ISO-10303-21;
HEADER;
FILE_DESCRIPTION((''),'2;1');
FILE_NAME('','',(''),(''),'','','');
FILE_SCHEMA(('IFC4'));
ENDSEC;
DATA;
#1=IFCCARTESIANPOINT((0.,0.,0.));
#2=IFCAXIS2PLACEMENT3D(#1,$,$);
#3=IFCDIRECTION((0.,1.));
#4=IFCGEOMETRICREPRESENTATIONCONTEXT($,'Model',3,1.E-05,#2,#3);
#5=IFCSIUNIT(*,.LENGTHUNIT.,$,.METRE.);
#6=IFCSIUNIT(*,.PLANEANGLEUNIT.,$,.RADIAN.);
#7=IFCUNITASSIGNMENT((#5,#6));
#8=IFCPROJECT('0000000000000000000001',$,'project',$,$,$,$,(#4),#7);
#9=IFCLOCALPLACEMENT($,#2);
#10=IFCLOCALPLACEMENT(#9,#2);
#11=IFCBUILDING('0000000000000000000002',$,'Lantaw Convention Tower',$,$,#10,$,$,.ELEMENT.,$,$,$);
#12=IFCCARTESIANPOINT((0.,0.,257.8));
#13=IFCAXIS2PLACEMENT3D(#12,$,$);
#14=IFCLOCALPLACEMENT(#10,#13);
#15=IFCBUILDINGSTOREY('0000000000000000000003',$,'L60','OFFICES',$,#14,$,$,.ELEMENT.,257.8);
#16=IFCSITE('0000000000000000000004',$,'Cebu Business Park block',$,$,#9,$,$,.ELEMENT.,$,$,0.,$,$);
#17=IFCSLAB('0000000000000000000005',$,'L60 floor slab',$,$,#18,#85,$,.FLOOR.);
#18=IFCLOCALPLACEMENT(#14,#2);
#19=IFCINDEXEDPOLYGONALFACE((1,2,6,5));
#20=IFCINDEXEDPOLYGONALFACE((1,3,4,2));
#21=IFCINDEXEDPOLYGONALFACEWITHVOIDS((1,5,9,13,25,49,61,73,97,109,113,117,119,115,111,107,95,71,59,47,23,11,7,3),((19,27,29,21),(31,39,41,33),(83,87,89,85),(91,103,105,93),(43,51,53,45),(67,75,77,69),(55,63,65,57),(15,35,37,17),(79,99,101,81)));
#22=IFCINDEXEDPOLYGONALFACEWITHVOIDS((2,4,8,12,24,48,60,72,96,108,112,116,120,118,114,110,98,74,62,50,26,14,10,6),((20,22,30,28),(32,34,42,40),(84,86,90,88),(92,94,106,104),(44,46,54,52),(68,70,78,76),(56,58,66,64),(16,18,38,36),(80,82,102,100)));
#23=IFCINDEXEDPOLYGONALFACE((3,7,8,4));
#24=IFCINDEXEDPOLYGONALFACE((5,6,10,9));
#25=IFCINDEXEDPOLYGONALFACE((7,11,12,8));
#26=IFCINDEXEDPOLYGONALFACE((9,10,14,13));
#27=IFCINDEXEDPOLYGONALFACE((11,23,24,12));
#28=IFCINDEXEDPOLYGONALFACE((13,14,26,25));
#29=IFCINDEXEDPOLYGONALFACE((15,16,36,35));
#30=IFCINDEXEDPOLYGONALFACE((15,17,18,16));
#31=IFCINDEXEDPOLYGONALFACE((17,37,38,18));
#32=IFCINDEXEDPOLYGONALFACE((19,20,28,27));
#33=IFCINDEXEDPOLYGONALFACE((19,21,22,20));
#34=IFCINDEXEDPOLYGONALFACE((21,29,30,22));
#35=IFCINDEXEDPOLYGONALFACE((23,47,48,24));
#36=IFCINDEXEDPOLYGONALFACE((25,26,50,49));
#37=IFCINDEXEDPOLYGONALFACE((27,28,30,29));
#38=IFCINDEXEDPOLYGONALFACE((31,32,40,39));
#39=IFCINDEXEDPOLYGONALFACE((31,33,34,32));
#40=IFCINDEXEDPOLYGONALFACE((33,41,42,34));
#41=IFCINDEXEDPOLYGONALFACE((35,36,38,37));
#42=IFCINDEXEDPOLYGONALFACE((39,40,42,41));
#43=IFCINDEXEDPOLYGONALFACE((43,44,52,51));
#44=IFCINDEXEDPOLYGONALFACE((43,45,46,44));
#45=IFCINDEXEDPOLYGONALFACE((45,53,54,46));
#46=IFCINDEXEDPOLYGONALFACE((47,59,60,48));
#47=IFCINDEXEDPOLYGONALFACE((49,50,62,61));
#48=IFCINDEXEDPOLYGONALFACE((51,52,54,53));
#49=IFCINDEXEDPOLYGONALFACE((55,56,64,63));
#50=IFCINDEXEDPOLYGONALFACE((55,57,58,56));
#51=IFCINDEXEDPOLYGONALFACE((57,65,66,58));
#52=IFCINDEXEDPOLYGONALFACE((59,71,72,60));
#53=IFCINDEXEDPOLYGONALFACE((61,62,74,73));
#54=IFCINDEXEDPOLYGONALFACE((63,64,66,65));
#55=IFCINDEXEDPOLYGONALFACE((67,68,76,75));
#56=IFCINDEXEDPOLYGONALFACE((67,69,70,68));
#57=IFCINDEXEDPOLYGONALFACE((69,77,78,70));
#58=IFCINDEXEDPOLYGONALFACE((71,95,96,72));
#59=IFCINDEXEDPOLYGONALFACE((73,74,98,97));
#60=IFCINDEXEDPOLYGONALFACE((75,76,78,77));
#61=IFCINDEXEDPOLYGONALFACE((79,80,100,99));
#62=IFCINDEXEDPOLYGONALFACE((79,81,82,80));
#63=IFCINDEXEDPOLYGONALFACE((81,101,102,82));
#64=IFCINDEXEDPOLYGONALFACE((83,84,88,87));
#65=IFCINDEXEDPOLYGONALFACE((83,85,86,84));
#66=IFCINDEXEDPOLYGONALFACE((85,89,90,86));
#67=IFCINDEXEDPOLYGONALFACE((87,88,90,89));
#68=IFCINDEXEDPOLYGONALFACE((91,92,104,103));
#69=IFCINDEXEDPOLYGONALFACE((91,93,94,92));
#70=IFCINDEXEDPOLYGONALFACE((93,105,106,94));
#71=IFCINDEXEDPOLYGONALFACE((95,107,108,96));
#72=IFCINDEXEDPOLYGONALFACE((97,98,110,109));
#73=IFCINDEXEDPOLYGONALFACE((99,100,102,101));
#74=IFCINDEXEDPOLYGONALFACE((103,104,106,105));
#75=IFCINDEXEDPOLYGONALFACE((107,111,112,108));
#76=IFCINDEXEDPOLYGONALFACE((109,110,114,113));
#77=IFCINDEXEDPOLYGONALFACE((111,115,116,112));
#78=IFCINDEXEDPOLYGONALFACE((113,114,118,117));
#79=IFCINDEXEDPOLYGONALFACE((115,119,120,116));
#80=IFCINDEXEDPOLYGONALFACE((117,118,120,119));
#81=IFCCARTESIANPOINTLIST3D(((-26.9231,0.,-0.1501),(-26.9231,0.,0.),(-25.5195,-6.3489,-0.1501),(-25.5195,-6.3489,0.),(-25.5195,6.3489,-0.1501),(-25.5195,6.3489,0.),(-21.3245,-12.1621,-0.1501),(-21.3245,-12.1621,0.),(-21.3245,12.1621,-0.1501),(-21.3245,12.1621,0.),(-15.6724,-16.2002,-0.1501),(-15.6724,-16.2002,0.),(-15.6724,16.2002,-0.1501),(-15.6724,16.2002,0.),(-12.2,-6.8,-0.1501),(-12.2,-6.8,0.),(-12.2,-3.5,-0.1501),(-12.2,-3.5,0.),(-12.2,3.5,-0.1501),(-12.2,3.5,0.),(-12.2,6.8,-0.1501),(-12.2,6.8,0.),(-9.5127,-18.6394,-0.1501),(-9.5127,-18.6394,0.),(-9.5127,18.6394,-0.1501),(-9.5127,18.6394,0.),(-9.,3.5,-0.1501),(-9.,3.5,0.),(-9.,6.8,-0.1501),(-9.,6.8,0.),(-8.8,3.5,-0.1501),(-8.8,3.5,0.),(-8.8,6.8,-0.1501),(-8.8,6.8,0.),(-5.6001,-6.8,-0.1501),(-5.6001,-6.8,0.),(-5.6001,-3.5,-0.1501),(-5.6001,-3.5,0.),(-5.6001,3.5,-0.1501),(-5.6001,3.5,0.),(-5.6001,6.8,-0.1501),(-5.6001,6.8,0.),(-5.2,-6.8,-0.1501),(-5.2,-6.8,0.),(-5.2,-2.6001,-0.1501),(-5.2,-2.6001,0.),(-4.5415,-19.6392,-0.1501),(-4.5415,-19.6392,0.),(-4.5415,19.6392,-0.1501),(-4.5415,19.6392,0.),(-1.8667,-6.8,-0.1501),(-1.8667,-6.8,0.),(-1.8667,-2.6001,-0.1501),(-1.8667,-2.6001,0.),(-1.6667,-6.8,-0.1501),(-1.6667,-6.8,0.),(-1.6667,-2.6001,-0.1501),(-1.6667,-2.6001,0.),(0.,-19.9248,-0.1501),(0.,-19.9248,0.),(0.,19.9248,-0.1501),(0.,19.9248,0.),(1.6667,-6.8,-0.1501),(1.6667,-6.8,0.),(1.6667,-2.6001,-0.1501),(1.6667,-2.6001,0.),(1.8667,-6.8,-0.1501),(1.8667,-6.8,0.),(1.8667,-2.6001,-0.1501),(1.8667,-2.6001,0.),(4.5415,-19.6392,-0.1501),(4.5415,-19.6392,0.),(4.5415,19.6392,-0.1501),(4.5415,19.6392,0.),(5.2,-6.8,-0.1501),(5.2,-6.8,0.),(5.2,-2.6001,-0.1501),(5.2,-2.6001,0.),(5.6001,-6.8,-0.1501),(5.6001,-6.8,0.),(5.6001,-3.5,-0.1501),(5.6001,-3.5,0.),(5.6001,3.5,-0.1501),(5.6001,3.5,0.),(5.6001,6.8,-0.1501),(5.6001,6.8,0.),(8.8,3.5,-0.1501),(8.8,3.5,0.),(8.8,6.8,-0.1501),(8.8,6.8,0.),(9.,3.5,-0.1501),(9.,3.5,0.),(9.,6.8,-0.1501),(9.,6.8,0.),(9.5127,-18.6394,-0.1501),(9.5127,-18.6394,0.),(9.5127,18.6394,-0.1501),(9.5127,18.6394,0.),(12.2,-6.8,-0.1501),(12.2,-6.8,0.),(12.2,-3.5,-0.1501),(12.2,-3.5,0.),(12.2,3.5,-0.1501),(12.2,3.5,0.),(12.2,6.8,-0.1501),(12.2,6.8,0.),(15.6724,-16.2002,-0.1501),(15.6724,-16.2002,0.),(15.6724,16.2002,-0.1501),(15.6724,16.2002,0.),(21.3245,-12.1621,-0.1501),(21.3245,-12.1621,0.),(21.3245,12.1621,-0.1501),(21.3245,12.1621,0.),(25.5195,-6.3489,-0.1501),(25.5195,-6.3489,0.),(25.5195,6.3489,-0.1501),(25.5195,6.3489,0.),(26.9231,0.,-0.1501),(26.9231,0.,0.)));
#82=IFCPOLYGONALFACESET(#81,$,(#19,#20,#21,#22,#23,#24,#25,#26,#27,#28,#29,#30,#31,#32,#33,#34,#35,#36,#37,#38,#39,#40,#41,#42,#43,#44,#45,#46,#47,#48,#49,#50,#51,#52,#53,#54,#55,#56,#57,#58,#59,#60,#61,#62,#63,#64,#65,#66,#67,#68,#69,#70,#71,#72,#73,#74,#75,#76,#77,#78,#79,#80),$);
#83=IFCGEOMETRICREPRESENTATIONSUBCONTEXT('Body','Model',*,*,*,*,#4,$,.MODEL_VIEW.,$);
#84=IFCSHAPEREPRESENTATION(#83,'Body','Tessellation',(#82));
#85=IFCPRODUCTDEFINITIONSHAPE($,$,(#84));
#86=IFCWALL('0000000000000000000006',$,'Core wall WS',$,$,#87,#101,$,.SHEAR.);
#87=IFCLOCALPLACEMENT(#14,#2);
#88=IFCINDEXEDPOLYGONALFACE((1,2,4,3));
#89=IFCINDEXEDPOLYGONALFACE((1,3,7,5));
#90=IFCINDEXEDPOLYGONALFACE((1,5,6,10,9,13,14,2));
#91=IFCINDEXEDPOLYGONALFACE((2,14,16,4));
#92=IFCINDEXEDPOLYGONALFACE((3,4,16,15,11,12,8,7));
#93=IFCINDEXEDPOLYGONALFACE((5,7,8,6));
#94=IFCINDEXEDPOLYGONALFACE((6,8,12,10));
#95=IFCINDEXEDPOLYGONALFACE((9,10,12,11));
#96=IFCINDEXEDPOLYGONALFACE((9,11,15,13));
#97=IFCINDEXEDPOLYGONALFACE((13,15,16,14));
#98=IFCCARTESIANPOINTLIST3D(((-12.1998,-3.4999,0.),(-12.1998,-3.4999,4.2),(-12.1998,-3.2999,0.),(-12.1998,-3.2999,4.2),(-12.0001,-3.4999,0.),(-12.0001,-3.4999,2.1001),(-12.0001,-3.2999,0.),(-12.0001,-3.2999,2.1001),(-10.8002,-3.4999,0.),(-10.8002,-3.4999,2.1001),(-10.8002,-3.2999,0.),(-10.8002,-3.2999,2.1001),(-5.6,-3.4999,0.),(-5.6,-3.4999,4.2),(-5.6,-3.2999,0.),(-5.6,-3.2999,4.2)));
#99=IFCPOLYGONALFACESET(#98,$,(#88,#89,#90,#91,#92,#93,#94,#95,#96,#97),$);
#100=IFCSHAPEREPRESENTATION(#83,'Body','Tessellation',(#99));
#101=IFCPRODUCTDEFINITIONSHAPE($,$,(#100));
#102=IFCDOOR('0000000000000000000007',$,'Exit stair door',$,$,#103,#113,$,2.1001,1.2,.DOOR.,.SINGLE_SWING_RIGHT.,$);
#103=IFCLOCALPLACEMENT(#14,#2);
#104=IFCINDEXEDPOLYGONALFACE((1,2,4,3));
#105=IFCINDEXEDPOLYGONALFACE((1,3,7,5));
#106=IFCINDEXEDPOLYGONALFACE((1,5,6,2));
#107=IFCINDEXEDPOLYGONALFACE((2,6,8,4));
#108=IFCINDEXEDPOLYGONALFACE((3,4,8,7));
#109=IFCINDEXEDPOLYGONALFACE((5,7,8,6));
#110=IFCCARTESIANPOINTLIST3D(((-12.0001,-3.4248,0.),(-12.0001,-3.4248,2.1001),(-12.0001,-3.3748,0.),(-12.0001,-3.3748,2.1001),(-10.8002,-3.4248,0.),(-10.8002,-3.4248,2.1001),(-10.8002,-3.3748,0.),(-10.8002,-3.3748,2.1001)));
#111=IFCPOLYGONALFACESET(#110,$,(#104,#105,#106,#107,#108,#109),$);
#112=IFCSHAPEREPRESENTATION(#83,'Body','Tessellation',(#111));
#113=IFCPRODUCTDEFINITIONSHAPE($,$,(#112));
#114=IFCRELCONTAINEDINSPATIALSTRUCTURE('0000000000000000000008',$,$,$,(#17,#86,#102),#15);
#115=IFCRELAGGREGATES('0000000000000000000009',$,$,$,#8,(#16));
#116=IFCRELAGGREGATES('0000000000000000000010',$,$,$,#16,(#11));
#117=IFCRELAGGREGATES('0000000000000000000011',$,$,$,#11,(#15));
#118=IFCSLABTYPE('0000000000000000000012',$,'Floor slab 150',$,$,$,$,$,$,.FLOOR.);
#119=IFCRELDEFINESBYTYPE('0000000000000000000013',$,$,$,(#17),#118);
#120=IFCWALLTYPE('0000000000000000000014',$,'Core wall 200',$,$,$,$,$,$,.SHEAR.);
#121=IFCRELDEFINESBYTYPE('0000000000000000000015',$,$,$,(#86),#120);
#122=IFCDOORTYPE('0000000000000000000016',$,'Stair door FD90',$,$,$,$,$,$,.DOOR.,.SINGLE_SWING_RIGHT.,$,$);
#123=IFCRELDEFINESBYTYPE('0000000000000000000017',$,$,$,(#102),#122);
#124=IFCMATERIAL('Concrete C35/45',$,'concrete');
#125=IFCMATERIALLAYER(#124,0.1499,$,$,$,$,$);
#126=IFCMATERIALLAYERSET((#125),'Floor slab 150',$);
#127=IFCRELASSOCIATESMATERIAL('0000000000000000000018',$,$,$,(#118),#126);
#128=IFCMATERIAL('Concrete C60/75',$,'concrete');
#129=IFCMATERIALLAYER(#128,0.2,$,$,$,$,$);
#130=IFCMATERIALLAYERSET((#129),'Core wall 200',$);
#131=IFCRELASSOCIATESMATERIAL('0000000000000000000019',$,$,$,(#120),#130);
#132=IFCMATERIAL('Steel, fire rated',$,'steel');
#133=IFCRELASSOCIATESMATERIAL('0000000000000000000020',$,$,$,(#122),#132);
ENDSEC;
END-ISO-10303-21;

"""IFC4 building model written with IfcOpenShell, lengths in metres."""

from ifc_helpers import new_model, si_unit, direction, frame, frame_2d, origin, place, context, subcontext, project, spatial, polyline, rectangle, outline, extrude, material, layer, layer_set, type_object, element, fill, save


model = new_model("IFC4")

# Units and contexts
model_context = context("Model", 3, precision=1e-05, world=origin(), true_north=direction((0.0, 1.0)))
body_context = subcontext(model_context, "Body", "Model", "MODEL_VIEW")
ifc_project = project(units=[si_unit("LENGTHUNIT", "METRE"), si_unit("PLANEANGLEUNIT", "RADIAN")], contexts=[model_context])

# Site, building, storey
site_placement = place(None, origin())
site = spatial("IfcSite", under=ifc_project, at=site_placement, Name="Cebu Business Park block", CompositionType="ELEMENT", RefElevation=0.0)
building_placement = place(site_placement, origin())
building = spatial("IfcBuilding", under=site, at=building_placement, Name="Lantaw Convention Tower", CompositionType="ELEMENT")
storey_placement = place(building_placement, frame((0.0, 0.0, 257.8)))
storey = spatial("IfcBuildingStorey", under=building, at=storey_placement, Name="L60", Description="OFFICES", CompositionType="ELEMENT", Elevation=257.8)

# Slab
ifc_material_1 = material(Name="Concrete C35/45", Category="concrete")
ifc_layer_1 = layer(ifc_material_1, 0.1499)
ifc_layer_set_1 = layer_set([ifc_layer_1], Name="Floor slab 150")
slab_type = type_object("IfcSlabType", Name="Floor slab 150", PredefinedType="FLOOR", material=ifc_layer_set_1)
slab_placement = place(storey_placement, frame((0.0, 0.0, -0.1501)))
element("IfcSlab", 1, at=slab_placement, inside=storey, type_object=slab_type, Name="L60 floor slab", PredefinedType="FLOOR", context=body_context, shape_type="SweptSolid", body=[
    extrude(outline(polyline([(25.5195, -6.3489), (26.9231, 0.0), (25.5195, 6.3489), (21.3245, 12.1621), (15.6724, 16.2002), (9.5127, 18.6394), (4.5415, 19.6392), (0.0, 19.9248), (-4.5415, 19.6392), (-9.5127, 18.6394), (-15.6724, 16.2002), (-21.3245, 12.1621), (-25.5195, 6.3489), (-26.9231, 0.0), (-25.5195, -6.3489), (-21.3245, -12.1621), (-15.6724, -16.2002), (-9.5127, -18.6394), (-4.5415, -19.6392), (0.0, -19.9248), (4.5415, -19.6392), (9.5127, -18.6394), (15.6724, -16.2002), (21.3245, -12.1621), (25.5195, -6.3489)]), holes=[polyline([(-5.6001, -3.5), (-12.2, -3.5), (-12.2, -6.8), (-5.6001, -6.8), (-5.6001, -3.5)]), polyline([(12.2, -3.5), (5.6001, -3.5), (5.6001, -6.8), (12.2, -6.8), (12.2, -3.5)]), polyline([(-1.8667, -2.6001), (-5.2, -2.6001), (-5.2, -6.8), (-1.8667, -6.8), (-1.8667, -2.6001)]), polyline([(1.6667, -2.6001), (-1.6667, -2.6001), (-1.6667, -6.8), (1.6667, -6.8), (1.6667, -2.6001)]), polyline([(5.2, -2.6001), (1.8667, -2.6001), (1.8667, -6.8), (5.2, -6.8), (5.2, -2.6001)]), polyline([(-9.0, 6.8), (-12.2, 6.8), (-12.2, 3.5), (-9.0, 3.5), (-9.0, 6.8)]), polyline([(-5.6001, 6.8), (-8.8, 6.8), (-8.8, 3.5), (-5.6001, 3.5), (-5.6001, 6.8)]), polyline([(8.8, 3.5), (8.8, 6.8), (5.6001, 6.8), (5.6001, 3.5), (8.8, 3.5)]), polyline([(12.2, 3.5), (12.2, 6.8), (9.0, 6.8), (9.0, 3.5), (12.2, 3.5)])]), origin(), (0.0, 0.0, 1.0), 0.1501),
])

# Wall, opening, door
ifc_material_2 = material(Name="Concrete C60/75", Category="concrete")
ifc_layer_2 = layer(ifc_material_2, 0.2)
ifc_layer_set_2 = layer_set([ifc_layer_2], Name="Core wall 200")
wall_type_1 = type_object("IfcWallType", Name="Core wall 200", PredefinedType="SHEAR", material=ifc_layer_set_2)
wall_1_placement = place(storey_placement, frame((-5.6001, -3.3999, 0.0), z_axis=(0.0, 0.0, 1.0), x_axis=(-1.0, 0.0, 0.0)))
wall_1 = element("IfcWall", 2, at=wall_1_placement, inside=storey, type_object=wall_type_1, Name="Core wall WS", PredefinedType="SHEAR", context=body_context, shape_type="SweptSolid", body=[
    extrude(rectangle(XDim=6.5999, YDim=0.2, at=frame_2d((3.2998, 0.0))), origin(), (0.0, 0.0, 1.0), 4.2),
])
opening_1_placement = place(wall_1_placement, frame((5.2, 0.0, 0.0)))
opening_1 = element("IfcOpeningElement", 3, at=opening_1_placement, cuts=wall_1, PredefinedType="OPENING", context=body_context, shape_type="SweptSolid", body=[
    extrude(rectangle(XDim=1.2, YDim=2.1001, at=frame_2d((0.6001, 1.05))), frame((0.0, 0.1099, 0.0), z_axis=(0.0, -1.0, 0.0), x_axis=(1.0, 0.0, 0.0)), (0.0, 0.0, 1.0), 0.22),
])
ifc_material_3 = material(Name="Steel, fire rated", Category="steel")
door_type_1 = type_object("IfcDoorType", Name="Stair door FD90", OperationType="SINGLE_SWING_RIGHT", PredefinedType="DOOR", material=ifc_material_3)
door_1_placement = place(opening_1_placement, origin())
door_1 = element("IfcDoor", 4, at=door_1_placement, inside=storey, type_object=door_type_1, Name="Exit stair door", OperationType="SINGLE_SWING_RIGHT", OverallHeight=2.1001, OverallWidth=1.2, PredefinedType="DOOR", context=body_context, shape_type="SweptSolid", body=[
    extrude(rectangle(XDim=1.2, YDim=2.1001, at=frame_2d((0.6001, 1.05))), frame((0.0, 0.0249, 0.0), z_axis=(0.0, -1.0, 0.0), x_axis=(1.0, 0.0, 0.0)), (0.0, 0.0, 1.0), 0.05),
])
fill(opening_1, door_1)

save(model, "model.ifc")
